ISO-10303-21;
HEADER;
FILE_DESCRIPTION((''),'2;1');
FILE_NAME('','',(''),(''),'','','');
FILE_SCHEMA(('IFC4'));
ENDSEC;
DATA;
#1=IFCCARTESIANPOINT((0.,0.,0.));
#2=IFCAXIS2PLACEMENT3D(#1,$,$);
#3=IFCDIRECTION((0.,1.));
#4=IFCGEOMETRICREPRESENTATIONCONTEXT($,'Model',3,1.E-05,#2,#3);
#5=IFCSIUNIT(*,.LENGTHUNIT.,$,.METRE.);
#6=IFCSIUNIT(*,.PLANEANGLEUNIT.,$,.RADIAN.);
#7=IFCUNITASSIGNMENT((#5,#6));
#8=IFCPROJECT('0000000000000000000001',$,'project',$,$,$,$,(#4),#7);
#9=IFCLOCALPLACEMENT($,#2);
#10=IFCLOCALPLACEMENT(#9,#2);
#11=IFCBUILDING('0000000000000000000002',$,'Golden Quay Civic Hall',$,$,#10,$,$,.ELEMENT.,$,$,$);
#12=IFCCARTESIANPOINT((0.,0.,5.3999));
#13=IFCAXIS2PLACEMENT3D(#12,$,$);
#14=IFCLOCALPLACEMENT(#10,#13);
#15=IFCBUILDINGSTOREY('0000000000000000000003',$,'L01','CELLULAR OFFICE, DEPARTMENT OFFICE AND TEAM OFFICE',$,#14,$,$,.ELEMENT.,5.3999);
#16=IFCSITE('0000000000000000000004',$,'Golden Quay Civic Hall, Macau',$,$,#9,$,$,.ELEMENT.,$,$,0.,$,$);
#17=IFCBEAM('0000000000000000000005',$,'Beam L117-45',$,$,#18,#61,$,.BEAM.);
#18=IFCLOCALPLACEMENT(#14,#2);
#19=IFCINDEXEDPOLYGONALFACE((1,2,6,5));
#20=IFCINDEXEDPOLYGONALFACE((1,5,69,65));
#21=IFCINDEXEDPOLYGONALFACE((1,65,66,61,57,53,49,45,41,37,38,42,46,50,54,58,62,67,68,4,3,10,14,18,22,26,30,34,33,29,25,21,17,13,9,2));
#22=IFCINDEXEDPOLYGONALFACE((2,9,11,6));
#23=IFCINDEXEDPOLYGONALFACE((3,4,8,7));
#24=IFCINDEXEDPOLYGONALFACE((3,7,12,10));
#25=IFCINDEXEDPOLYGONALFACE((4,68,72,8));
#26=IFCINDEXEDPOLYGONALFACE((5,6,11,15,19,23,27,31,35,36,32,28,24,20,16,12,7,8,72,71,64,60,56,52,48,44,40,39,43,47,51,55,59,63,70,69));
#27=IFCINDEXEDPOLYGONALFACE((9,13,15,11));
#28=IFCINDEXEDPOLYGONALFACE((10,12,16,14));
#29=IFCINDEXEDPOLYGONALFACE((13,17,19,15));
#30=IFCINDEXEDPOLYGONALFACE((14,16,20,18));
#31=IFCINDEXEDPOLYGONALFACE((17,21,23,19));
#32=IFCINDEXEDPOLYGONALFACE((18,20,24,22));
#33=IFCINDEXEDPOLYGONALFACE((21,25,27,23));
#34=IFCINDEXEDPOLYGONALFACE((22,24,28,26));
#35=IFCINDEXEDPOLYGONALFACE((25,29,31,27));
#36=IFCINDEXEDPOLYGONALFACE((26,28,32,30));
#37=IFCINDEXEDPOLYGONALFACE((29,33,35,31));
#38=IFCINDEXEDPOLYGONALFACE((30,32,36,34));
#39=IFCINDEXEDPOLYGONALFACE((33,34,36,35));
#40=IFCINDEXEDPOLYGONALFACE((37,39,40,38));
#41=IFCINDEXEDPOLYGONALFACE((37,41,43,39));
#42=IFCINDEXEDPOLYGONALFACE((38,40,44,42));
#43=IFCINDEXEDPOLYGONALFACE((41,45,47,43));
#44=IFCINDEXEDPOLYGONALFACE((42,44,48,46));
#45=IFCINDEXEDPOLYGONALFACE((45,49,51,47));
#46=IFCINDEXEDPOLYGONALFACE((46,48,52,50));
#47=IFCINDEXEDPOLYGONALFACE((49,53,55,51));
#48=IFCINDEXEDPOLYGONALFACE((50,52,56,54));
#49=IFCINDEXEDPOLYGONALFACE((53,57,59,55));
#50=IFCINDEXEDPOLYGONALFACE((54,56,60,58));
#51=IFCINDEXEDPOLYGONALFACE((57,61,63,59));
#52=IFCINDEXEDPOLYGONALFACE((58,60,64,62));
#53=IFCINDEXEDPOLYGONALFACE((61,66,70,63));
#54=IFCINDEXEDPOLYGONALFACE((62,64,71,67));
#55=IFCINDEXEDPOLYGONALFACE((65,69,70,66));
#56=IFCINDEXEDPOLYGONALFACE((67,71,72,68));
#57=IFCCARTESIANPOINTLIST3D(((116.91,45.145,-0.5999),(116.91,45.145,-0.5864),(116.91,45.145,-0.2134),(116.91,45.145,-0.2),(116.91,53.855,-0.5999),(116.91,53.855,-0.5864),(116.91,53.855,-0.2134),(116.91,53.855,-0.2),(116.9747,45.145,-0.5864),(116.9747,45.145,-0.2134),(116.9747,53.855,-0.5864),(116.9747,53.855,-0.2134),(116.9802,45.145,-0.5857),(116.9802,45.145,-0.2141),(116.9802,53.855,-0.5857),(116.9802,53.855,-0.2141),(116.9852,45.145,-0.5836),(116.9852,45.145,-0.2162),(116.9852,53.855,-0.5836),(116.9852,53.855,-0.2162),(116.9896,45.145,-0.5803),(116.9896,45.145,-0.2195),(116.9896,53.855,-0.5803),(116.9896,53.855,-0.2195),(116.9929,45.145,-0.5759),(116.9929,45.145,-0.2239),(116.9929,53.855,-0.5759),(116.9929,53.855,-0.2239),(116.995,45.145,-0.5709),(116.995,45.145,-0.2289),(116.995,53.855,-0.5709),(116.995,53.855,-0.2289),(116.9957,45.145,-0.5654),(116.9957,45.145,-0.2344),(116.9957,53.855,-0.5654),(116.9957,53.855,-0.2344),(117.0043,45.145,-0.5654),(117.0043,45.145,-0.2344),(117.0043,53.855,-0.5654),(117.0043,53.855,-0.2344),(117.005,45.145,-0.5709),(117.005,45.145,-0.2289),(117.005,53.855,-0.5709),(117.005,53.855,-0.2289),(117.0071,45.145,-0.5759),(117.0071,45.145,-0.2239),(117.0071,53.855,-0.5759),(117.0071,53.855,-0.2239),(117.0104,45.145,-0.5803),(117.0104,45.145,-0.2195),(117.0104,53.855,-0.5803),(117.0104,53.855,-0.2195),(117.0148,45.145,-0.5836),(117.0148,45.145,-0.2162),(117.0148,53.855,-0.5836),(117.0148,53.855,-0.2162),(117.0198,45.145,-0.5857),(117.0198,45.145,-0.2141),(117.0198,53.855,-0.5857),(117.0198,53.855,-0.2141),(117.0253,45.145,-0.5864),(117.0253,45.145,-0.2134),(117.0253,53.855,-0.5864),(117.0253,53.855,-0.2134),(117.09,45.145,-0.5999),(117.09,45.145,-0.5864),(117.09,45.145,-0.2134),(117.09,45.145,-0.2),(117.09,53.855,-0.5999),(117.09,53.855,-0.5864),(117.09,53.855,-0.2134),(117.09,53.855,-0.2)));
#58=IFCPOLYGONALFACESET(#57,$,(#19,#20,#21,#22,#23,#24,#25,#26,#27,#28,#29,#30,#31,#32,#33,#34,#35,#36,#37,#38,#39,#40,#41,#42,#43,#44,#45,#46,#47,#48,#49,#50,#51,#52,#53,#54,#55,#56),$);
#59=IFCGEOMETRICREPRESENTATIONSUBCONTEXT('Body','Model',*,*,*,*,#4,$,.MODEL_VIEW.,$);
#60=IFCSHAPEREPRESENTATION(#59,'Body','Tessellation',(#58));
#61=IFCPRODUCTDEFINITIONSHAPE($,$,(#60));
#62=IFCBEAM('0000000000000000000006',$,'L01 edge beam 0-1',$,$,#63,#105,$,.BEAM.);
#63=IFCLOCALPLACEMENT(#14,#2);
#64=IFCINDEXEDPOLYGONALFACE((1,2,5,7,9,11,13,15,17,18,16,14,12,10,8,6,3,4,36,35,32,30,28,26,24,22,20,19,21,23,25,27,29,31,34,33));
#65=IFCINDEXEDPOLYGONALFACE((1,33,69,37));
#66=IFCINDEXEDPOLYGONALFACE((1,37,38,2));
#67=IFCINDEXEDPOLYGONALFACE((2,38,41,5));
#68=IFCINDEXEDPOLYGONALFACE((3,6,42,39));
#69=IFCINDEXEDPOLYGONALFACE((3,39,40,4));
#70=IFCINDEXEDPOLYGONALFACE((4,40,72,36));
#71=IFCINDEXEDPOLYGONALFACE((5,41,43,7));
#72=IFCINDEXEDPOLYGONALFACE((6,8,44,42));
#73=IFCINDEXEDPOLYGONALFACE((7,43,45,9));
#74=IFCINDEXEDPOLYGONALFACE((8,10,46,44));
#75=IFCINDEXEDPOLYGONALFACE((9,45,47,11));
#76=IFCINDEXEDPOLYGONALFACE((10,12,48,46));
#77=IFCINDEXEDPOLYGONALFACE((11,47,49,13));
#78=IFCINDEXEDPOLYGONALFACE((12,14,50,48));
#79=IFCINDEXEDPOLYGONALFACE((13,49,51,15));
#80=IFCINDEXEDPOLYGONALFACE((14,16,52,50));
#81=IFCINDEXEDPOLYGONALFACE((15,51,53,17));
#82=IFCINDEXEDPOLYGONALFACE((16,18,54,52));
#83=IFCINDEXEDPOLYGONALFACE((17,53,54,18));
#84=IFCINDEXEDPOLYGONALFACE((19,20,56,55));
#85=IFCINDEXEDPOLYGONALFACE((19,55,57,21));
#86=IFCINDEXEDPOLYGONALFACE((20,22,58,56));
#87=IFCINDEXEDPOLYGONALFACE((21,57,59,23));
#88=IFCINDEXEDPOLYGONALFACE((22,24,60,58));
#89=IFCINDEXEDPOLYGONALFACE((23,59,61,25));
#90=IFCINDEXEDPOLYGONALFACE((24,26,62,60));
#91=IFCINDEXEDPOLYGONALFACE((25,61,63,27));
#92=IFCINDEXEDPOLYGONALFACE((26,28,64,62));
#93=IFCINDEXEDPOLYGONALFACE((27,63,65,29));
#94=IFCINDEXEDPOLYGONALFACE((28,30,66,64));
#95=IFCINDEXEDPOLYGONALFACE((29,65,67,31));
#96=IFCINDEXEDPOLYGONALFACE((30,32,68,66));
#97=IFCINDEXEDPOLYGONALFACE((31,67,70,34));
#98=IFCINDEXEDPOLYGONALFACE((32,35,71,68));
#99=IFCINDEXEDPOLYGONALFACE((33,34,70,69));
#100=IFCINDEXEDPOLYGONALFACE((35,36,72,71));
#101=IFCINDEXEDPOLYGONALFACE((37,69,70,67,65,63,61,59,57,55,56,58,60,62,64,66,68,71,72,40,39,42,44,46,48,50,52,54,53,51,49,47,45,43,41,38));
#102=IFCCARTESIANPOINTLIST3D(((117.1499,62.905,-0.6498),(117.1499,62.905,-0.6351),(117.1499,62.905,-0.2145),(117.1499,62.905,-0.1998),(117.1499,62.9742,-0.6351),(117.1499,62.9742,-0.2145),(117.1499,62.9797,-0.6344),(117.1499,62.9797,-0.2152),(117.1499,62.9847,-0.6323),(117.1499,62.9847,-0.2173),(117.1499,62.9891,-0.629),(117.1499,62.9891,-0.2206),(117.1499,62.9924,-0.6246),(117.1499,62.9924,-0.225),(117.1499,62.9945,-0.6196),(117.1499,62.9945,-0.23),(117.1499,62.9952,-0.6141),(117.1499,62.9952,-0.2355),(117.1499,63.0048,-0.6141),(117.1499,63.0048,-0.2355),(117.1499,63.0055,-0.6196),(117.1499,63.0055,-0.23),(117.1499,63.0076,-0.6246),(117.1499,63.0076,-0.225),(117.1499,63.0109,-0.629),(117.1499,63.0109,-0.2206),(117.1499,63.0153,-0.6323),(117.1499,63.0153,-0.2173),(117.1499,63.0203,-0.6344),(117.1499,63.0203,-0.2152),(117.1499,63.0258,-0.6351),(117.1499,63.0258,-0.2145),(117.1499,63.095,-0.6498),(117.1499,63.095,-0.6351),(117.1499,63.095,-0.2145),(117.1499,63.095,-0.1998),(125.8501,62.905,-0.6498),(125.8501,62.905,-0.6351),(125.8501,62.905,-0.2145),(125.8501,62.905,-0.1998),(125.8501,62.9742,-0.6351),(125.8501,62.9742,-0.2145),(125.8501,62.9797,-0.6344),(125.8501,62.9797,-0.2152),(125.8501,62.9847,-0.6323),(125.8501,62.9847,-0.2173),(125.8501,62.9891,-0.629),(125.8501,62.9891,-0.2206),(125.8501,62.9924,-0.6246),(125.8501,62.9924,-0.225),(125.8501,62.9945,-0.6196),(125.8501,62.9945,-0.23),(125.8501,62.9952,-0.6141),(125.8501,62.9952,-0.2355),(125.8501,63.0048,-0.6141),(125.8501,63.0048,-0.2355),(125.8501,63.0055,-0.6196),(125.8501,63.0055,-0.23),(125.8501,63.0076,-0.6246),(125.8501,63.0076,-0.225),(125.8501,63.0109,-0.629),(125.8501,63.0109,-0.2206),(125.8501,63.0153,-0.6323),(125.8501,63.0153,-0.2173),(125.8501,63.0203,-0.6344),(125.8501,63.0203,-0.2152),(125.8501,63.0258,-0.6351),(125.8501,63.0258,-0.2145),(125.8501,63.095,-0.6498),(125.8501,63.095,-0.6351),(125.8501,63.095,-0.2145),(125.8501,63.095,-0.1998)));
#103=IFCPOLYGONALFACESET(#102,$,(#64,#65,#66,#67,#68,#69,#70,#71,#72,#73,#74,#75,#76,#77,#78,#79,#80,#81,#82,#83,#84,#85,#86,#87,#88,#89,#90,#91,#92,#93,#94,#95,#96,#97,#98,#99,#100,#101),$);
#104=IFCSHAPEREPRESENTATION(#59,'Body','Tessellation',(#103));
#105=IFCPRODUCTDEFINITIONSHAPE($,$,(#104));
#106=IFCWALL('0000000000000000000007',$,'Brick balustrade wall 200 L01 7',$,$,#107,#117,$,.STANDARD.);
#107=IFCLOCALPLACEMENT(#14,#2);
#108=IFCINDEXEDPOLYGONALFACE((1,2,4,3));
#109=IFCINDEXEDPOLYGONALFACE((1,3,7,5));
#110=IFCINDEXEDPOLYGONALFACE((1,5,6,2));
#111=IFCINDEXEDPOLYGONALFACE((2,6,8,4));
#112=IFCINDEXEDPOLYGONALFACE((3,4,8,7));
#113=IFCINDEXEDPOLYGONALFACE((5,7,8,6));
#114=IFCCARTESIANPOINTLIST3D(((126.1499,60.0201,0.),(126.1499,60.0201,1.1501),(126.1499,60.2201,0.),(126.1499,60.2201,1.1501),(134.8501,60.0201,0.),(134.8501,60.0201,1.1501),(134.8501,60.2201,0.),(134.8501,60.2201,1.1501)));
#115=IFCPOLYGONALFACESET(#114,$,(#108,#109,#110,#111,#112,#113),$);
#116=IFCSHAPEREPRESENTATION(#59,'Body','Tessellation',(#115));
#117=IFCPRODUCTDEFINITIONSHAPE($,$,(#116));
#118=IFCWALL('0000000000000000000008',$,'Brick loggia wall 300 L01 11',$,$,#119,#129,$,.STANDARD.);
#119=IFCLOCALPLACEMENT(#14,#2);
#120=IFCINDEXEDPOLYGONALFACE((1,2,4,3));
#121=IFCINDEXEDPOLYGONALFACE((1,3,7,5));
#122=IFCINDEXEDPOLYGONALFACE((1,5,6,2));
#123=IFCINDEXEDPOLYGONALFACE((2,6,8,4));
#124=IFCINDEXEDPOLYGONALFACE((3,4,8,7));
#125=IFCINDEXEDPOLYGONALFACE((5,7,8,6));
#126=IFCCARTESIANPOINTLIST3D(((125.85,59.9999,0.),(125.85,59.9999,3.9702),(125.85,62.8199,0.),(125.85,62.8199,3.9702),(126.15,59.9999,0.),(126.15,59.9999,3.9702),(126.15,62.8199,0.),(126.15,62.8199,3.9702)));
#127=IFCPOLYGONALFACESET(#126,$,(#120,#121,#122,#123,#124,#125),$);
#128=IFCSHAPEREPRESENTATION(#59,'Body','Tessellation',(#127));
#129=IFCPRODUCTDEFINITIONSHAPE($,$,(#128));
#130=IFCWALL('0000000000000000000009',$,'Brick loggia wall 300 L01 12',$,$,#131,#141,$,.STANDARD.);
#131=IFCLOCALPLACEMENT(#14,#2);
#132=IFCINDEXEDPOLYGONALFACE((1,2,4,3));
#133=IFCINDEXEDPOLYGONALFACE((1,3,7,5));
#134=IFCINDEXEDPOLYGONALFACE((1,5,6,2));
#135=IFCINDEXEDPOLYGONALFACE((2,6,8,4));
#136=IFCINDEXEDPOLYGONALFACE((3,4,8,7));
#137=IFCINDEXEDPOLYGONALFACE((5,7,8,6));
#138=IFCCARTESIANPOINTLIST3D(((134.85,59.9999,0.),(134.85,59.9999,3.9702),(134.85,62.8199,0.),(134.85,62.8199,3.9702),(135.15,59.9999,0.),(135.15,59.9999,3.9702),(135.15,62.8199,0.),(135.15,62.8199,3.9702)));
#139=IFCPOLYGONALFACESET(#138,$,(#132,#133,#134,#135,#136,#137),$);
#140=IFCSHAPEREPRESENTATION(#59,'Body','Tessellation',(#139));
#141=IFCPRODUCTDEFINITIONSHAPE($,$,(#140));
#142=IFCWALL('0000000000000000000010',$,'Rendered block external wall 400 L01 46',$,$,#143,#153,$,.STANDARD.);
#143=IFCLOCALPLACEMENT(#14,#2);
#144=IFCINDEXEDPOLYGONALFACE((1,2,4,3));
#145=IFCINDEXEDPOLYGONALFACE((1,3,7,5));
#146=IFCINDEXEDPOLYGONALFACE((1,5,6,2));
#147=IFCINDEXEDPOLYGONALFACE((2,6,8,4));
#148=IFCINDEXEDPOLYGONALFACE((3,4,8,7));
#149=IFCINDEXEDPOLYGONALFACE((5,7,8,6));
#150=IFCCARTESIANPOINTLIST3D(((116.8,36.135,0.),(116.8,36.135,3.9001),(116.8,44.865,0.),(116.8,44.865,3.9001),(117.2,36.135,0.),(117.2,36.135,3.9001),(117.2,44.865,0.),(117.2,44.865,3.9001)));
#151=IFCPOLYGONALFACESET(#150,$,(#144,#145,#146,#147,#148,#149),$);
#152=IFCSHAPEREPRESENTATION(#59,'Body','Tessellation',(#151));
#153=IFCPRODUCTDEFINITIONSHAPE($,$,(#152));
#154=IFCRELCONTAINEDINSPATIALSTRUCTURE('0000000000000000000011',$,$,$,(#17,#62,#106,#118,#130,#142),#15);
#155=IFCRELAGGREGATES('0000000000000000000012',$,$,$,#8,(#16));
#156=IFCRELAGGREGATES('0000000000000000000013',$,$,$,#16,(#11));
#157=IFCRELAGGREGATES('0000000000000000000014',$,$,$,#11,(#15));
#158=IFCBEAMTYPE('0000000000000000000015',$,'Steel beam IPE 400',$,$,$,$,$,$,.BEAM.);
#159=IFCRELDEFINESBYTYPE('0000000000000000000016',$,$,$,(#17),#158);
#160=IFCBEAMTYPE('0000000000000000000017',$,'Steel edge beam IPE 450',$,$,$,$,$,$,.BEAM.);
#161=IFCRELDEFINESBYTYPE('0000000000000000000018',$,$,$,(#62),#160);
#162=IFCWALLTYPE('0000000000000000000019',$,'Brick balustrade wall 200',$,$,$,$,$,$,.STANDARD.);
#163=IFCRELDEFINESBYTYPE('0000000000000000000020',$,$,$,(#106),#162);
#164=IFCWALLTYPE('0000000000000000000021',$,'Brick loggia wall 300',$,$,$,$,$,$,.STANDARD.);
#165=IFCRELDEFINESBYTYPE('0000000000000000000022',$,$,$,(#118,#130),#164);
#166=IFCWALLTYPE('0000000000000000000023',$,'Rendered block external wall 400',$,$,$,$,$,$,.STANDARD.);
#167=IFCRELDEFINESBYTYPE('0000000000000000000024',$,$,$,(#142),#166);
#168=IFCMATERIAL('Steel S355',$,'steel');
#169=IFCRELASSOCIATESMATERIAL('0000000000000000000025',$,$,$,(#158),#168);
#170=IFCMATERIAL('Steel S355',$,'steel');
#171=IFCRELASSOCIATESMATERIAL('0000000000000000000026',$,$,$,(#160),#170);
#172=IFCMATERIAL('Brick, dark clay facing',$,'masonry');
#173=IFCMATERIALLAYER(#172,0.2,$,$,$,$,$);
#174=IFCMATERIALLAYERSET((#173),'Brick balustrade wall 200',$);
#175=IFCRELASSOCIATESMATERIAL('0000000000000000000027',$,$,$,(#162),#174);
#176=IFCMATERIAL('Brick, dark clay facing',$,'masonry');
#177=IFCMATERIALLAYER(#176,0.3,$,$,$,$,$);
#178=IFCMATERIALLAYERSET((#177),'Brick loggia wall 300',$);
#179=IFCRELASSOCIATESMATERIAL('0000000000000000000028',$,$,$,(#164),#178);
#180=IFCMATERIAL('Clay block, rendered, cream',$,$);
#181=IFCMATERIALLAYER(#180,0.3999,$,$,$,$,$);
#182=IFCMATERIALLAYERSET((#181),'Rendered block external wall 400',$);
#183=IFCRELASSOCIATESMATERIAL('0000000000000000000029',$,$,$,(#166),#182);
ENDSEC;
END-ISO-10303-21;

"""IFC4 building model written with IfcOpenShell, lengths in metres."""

from ifc_helpers import new_model, si_unit, direction, frame, frame_2d, origin, origin_2d, place, context, subcontext, project, spatial, rectangle, i_section, extrude, material, layer, layer_set, material_profile, profile_set, type_object, element, save


model = new_model("IFC4")

# Units and contexts
model_context = context("Model", 3, precision=1e-05, world=origin(), true_north=direction((0.0, 1.0)))
body_context = subcontext(model_context, "Body", "Model", "MODEL_VIEW")
ifc_project = project(units=[si_unit("LENGTHUNIT", "METRE"), si_unit("PLANEANGLEUNIT", "RADIAN")], contexts=[model_context])

# Site, building, storey
site_placement = place(None, origin())
site = spatial("IfcSite", under=ifc_project, at=site_placement, Name="Golden Quay Civic Hall, Macau", CompositionType="ELEMENT", RefElevation=0.0)
building_placement = place(site_placement, origin())
building = spatial("IfcBuilding", under=site, at=building_placement, Name="Golden Quay Civic Hall", CompositionType="ELEMENT")
storey_placement = place(building_placement, frame((0.0, 0.0, 5.3999)))
storey = spatial("IfcBuildingStorey", under=building, at=storey_placement, Name="L01", Description="CELLULAR OFFICE, DEPARTMENT OFFICE AND TEAM OFFICE", CompositionType="ELEMENT", Elevation=5.3999)

# Beams
ifc_material_1 = material(Name="Steel S355", Category="steel")
ifc_material_profile_1 = material_profile(ifc_material_1, i_section(OverallWidth=0.1799, OverallDepth=0.3999, WebThickness=0.0085, FlangeThickness=0.0134, FilletRadius=0.021, at=origin_2d()), Name="IPE 400")
ifc_profile_set_1 = profile_set([ifc_material_profile_1], Name="Steel S355")
beam_type_1 = type_object("IfcBeamType", Name="Steel beam IPE 400", PredefinedType="BEAM", material=ifc_profile_set_1)
beam_1_placement = place(storey_placement, frame((117.0, 45.145, -0.3999), z_axis=(0.0, 1.0, 0.0), x_axis=(-1.0, 0.0, 0.0)))
element("IfcBeam", 1, at=beam_1_placement, inside=storey, type_object=beam_type_1, Name="Beam L117-45", PredefinedType="BEAM", context=body_context, shape_type="SweptSolid", body=[
    extrude(i_section(OverallWidth=0.1799, OverallDepth=0.3999, WebThickness=0.0085, FlangeThickness=0.0134, FilletRadius=0.021, at=origin_2d()), origin(), (0.0, 0.0, 1.0), 8.71),
])
ifc_material_2 = material(Name="Steel S355", Category="steel")
ifc_material_profile_2 = material_profile(ifc_material_2, i_section(OverallWidth=0.1899, OverallDepth=0.45, WebThickness=0.0095, FlangeThickness=0.0146, FilletRadius=0.021, at=origin_2d()), Name="IPE 450")
ifc_profile_set_2 = profile_set([ifc_material_profile_2], Name="Steel S355")
beam_type_2 = type_object("IfcBeamType", Name="Steel edge beam IPE 450", PredefinedType="BEAM", material=ifc_profile_set_2)
beam_2_placement = place(storey_placement, frame((117.1499, 63.0, -0.4248), z_axis=(1.0, 0.0, 0.0), x_axis=(0.0, 1.0, 0.0)))
element("IfcBeam", 2, at=beam_2_placement, inside=storey, type_object=beam_type_2, Name="L01 edge beam 0-1", PredefinedType="BEAM", context=body_context, shape_type="SweptSolid", body=[
    extrude(i_section(OverallWidth=0.1899, OverallDepth=0.45, WebThickness=0.0095, FlangeThickness=0.0146, FilletRadius=0.021, at=origin_2d()), origin(), (0.0, 0.0, 1.0), 8.7002),
])

# Walls
ifc_material_3 = material(Name="Brick, dark clay facing", Category="masonry")
ifc_layer_1 = layer(ifc_material_3, 0.2)
ifc_layer_set_1 = layer_set([ifc_layer_1], Name="Brick balustrade wall 200")
wall_type_1 = type_object("IfcWallType", Name="Brick balustrade wall 200", PredefinedType="STANDARD", material=ifc_layer_set_1)
wall_1_placement = place(storey_placement, frame((126.1499, 60.1201, 0.0), z_axis=(0.0, 0.0, 1.0), x_axis=(1.0, 0.0, 0.0)))
element("IfcWall", 3, at=wall_1_placement, inside=storey, type_object=wall_type_1, Name="Brick balustrade wall 200 L01 7", PredefinedType="STANDARD", context=body_context, shape_type="SweptSolid", body=[
    extrude(rectangle(XDim=8.7002, YDim=0.2, at=frame_2d((4.3501, 0.0))), origin(), (0.0, 0.0, 1.0), 1.1501),
])
ifc_material_4 = material(Name="Brick, dark clay facing", Category="masonry")
ifc_layer_2 = layer(ifc_material_4, 0.3)
ifc_layer_set_2 = layer_set([ifc_layer_2], Name="Brick loggia wall 300")
wall_type_2 = type_object("IfcWallType", Name="Brick loggia wall 300", PredefinedType="STANDARD", material=ifc_layer_set_2)
for number, where, z_axis, x_axis, name in (
    (4, (126.0, 62.8201, 0.0), (0.0, 0.0, 1.0), (0.0, -1.0, 0.0), "Brick loggia wall 300 L01 11"),
    (5, (135.0, 62.8201, 0.0), (0.0, 0.0, 1.0), (0.0, -1.0, 0.0), "Brick loggia wall 300 L01 12"),
):
    element("IfcWall", number, at=place(storey_placement, frame(where, z_axis=z_axis, x_axis=x_axis)), inside=storey, type_object=wall_type_2, Name=name, PredefinedType="STANDARD", context=body_context, shape_type="SweptSolid", body=[
        extrude(rectangle(XDim=2.8201, YDim=0.3, at=frame_2d((1.4102, 0.0))), origin(), (0.0, 0.0, 1.0), 3.9702),
    ])
ifc_material_5 = material(Name="Clay block, rendered, cream")
ifc_layer_3 = layer(ifc_material_5, 0.3999)
ifc_layer_set_3 = layer_set([ifc_layer_3], Name="Rendered block external wall 400")
wall_type_3 = type_object("IfcWallType", Name="Rendered block external wall 400", PredefinedType="STANDARD", material=ifc_layer_set_3)
wall_2_placement = place(storey_placement, frame((117.0, 44.865, 0.0), z_axis=(0.0, 0.0, 1.0), x_axis=(0.0, -1.0, 0.0)))
element("IfcWall", 6, at=wall_2_placement, inside=storey, type_object=wall_type_3, Name="Rendered block external wall 400 L01 46", PredefinedType="STANDARD", context=body_context, shape_type="SweptSolid", body=[
    extrude(rectangle(XDim=8.73, YDim=0.3999, at=frame_2d((4.365, 0.0))), origin(), (0.0, 0.0, 1.0), 3.9001),
])

save(model, "model.ifc")
